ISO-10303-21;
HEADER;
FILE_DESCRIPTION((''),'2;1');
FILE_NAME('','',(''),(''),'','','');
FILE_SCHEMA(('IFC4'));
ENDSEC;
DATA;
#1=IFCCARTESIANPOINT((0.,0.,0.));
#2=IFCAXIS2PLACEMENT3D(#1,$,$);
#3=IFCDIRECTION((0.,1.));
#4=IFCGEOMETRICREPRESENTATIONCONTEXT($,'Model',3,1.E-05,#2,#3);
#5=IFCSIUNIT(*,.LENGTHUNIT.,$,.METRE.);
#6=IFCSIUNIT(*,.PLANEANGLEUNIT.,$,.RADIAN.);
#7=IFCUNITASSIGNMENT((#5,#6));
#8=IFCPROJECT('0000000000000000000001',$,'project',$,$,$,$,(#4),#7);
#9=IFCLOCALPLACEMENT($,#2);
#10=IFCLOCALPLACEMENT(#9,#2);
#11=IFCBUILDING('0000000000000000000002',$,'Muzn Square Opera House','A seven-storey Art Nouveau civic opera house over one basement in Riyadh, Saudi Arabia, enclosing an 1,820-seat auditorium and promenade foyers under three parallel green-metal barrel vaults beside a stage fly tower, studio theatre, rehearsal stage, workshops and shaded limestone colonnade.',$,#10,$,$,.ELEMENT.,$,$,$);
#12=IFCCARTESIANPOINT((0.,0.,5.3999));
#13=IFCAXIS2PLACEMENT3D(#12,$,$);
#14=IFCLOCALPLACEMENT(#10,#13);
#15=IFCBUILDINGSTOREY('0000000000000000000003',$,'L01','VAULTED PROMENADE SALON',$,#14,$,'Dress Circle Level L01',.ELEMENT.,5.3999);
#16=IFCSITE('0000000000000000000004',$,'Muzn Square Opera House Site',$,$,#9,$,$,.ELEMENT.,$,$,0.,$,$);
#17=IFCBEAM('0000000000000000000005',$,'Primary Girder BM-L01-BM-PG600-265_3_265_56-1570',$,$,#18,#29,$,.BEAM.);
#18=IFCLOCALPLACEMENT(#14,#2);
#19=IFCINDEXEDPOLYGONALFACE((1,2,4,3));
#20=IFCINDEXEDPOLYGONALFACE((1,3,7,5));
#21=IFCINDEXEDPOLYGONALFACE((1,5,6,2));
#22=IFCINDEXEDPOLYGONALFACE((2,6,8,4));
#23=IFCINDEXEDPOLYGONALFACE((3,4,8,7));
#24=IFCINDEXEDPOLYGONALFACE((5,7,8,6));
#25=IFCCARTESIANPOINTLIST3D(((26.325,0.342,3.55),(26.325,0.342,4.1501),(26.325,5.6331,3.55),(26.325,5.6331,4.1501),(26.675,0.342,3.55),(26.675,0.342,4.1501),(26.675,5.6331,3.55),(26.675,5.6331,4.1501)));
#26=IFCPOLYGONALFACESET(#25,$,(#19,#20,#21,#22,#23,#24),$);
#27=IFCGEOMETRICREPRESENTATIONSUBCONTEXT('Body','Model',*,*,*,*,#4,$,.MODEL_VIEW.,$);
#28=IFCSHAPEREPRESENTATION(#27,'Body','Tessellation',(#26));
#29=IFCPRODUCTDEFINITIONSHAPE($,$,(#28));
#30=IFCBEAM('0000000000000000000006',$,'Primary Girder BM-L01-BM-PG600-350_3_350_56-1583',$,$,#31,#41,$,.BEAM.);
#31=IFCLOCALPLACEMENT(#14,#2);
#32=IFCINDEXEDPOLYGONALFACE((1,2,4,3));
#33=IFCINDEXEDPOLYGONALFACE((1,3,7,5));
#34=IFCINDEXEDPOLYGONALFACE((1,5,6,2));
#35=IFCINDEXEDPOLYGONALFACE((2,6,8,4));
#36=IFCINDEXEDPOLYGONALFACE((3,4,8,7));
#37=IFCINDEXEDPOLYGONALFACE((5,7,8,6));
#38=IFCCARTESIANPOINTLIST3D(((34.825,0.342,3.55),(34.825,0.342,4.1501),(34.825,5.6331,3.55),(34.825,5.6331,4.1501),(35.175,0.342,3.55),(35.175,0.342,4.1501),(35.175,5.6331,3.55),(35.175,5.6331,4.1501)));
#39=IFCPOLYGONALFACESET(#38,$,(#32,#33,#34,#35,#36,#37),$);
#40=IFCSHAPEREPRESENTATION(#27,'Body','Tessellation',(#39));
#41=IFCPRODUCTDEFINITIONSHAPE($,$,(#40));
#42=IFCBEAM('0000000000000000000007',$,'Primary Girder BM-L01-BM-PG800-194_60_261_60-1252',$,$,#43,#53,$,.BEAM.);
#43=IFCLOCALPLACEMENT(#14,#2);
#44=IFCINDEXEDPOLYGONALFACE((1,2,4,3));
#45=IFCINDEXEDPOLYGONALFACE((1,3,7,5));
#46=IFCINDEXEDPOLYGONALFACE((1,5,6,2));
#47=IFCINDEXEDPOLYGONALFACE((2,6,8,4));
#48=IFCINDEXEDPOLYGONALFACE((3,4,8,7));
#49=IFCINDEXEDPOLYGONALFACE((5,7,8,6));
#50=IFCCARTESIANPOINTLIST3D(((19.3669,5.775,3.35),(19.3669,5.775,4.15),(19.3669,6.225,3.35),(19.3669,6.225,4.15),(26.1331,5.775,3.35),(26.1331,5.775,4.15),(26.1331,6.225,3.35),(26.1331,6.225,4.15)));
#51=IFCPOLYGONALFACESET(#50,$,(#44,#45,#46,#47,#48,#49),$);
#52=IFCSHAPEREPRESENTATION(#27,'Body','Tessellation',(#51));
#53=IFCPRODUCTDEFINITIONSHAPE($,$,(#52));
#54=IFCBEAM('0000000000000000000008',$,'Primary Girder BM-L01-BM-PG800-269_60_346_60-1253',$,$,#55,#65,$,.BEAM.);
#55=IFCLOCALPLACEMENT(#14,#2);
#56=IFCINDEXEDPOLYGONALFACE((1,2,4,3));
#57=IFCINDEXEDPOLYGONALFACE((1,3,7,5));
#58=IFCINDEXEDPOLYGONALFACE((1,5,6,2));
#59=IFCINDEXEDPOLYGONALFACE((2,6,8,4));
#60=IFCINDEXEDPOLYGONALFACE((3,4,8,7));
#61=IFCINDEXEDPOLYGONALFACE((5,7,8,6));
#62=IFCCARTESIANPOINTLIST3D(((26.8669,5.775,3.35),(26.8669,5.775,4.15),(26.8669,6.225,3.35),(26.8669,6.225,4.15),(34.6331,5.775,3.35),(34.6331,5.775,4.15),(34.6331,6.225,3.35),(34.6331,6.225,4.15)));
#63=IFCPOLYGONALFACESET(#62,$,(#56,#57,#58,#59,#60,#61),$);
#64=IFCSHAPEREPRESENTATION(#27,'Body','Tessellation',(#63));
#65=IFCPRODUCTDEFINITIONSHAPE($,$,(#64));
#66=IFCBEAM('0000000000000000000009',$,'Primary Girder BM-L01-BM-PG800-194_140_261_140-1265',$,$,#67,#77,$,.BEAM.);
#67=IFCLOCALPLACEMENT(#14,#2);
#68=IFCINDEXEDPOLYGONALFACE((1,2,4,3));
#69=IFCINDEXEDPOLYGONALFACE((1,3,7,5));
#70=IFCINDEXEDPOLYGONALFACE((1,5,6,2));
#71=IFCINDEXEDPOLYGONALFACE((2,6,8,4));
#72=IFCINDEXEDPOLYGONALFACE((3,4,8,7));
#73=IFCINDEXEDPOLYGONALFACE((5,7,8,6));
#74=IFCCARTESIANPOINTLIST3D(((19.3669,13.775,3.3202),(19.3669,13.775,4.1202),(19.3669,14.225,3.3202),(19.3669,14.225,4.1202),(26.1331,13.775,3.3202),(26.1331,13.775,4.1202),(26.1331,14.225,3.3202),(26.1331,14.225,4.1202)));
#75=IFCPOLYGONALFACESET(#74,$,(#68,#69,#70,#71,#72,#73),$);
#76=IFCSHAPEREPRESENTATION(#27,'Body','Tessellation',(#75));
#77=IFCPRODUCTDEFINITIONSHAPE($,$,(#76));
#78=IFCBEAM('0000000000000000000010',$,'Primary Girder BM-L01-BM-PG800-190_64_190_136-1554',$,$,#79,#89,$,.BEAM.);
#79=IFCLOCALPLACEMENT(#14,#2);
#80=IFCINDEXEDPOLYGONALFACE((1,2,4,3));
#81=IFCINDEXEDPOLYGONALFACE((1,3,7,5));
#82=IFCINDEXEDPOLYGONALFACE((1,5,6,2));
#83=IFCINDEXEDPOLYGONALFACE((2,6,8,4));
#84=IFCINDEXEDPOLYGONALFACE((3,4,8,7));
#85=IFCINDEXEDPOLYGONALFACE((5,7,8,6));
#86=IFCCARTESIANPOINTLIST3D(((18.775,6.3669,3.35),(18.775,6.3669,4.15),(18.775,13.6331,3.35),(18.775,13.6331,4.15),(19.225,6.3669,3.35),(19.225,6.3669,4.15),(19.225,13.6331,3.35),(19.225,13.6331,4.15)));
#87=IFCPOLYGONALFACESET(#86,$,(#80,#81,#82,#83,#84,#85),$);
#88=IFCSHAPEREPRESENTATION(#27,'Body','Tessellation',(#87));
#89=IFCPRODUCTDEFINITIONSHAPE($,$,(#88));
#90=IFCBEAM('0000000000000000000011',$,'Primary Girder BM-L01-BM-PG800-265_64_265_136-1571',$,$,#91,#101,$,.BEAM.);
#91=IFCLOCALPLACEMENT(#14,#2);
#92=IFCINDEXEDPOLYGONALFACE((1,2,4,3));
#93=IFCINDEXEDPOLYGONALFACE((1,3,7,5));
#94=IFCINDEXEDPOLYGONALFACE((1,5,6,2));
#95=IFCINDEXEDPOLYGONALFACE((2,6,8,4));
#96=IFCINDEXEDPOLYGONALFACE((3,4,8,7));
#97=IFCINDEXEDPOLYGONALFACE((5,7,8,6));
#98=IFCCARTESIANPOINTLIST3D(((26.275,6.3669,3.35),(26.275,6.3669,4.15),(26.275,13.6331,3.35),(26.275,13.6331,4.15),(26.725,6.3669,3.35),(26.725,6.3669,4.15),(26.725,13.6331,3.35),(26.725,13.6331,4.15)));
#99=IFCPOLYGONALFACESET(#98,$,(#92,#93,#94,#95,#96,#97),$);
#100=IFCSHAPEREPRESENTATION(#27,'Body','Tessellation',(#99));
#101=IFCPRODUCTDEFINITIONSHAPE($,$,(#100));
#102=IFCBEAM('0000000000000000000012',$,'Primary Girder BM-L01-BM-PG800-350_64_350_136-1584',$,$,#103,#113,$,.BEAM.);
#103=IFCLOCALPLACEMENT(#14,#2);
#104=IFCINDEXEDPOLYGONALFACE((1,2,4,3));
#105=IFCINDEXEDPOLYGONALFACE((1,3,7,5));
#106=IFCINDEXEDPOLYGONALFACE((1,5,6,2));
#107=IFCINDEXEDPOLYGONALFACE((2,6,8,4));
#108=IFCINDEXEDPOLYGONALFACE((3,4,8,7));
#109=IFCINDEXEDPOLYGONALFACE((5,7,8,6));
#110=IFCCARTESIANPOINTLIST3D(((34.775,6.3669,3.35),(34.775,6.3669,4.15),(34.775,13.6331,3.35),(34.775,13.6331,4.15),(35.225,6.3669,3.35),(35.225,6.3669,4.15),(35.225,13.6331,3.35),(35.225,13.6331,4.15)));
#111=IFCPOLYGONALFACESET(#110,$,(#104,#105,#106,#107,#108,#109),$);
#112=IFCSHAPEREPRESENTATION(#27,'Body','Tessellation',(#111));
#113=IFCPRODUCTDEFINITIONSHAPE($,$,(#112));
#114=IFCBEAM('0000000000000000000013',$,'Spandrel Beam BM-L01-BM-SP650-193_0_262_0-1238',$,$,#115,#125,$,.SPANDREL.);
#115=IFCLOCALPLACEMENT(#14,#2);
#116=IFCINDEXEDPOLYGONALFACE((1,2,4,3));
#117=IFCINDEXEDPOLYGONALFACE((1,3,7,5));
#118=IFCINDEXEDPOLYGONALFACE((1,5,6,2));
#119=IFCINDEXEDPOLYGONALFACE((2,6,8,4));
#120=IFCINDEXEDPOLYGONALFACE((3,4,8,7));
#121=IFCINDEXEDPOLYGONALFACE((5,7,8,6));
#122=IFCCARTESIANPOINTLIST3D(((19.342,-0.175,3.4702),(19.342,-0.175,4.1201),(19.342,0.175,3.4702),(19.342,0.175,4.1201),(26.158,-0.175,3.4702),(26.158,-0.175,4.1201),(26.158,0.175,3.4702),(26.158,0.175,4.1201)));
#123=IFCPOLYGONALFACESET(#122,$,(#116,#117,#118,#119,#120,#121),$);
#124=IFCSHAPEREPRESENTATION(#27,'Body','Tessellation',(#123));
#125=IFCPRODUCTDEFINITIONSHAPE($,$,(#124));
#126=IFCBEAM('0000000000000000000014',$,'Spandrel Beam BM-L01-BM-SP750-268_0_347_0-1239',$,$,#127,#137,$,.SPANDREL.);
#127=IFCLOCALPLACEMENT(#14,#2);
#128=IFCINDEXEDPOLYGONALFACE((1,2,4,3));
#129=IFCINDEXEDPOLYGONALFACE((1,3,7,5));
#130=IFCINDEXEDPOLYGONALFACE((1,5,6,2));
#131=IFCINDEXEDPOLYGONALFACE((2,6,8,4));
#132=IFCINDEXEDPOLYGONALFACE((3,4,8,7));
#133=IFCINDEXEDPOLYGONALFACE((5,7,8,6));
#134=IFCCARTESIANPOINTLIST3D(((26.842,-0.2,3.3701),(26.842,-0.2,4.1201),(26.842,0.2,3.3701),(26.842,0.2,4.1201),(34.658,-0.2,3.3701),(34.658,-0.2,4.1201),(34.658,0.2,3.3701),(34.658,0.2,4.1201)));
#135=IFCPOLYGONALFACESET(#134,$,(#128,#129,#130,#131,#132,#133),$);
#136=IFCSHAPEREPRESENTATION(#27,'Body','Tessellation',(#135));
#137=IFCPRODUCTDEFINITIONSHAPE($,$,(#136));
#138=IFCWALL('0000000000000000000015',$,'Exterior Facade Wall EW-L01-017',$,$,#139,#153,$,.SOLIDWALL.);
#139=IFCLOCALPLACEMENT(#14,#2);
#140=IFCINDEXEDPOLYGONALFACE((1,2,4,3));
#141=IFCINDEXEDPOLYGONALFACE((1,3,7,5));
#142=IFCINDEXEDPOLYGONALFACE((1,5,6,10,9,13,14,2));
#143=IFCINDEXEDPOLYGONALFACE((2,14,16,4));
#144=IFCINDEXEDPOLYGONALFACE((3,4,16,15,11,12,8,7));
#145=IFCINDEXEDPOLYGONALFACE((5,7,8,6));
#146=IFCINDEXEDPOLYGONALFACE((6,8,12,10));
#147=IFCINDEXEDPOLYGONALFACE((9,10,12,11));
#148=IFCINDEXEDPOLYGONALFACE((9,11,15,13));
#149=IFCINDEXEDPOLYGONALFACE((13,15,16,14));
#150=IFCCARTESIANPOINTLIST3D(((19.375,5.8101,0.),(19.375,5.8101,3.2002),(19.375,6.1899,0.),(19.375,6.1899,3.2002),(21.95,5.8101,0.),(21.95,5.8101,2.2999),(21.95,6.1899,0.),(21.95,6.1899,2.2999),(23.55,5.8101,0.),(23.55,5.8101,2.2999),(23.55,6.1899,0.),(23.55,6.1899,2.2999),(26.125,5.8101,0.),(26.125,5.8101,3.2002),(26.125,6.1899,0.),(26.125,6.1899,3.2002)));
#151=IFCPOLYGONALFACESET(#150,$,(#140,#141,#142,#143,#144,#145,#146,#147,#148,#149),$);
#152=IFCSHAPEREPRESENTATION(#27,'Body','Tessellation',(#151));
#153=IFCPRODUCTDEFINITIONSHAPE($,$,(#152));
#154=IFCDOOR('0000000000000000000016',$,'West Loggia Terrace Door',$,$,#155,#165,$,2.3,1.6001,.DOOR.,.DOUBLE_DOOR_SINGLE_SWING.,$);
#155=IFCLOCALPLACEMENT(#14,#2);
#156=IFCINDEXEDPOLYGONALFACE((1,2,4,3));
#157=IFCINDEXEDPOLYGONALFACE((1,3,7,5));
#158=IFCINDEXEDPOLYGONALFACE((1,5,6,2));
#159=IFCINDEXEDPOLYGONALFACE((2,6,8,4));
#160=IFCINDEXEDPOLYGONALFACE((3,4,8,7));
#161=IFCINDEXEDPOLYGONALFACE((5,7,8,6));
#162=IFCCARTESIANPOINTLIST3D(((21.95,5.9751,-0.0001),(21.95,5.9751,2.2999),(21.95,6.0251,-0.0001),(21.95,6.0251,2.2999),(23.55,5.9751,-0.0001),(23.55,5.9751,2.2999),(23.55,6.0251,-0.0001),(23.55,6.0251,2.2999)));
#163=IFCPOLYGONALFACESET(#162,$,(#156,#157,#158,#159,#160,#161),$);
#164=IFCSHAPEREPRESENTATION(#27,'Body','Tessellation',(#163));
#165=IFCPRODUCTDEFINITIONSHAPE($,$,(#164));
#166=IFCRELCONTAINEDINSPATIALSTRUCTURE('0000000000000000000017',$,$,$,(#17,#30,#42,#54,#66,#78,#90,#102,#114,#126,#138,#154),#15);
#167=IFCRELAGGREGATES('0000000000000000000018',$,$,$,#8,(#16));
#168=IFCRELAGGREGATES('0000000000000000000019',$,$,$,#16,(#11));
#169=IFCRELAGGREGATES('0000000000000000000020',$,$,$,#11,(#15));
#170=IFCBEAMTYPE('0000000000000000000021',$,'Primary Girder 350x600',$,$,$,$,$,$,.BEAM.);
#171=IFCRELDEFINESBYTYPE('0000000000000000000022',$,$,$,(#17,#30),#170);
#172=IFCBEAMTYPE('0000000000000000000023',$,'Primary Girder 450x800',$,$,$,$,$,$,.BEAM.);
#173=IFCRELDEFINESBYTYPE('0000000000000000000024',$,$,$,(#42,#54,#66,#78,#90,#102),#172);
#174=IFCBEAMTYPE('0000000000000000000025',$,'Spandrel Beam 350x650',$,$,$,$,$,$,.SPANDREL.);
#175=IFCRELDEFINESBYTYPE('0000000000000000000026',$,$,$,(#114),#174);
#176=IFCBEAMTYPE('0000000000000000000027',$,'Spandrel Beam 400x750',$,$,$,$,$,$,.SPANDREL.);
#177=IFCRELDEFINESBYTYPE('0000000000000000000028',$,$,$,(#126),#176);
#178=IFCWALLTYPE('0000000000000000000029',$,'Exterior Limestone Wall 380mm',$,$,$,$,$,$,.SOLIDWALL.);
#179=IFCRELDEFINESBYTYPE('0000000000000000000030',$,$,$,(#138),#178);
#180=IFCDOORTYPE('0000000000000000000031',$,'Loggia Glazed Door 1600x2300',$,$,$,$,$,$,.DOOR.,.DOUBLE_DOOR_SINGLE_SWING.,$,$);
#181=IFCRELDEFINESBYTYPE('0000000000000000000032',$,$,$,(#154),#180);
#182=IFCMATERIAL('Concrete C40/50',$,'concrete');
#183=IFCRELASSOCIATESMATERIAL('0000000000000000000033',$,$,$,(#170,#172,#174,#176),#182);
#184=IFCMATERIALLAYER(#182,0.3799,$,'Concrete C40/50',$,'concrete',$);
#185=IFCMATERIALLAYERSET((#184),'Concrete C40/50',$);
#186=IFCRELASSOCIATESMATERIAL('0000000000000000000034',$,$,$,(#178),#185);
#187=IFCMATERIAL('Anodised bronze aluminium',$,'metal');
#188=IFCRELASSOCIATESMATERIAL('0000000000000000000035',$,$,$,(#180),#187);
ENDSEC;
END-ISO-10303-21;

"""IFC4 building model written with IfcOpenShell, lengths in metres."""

from ifc_helpers import new_model, si_unit, direction, frame, frame_2d, origin, origin_2d, place, context, subcontext, project, spatial, rectangle, extrude, material, layer, layer_set, material_profile, profile_set, type_object, element, fill, save


model = new_model("IFC4")

# Units and contexts
model_context = context("Model", 3, precision=1e-05, world=origin(), true_north=direction((0.0, 1.0)))
body_context = subcontext(model_context, "Body", "Model", "MODEL_VIEW")
ifc_project = project(units=[si_unit("LENGTHUNIT", "METRE"), si_unit("PLANEANGLEUNIT", "RADIAN")], contexts=[model_context])

# Site, building, storey
site_placement = place(None, origin())
site = spatial("IfcSite", under=ifc_project, at=site_placement, Name="Muzn Square Opera House Site", CompositionType="ELEMENT", RefElevation=0.0)
building_placement = place(site_placement, origin())
building = spatial("IfcBuilding", under=site, at=building_placement, Name="Muzn Square Opera House", Description="A seven-storey Art Nouveau civic opera house over one basement in Riyadh, Saudi Arabia, enclosing an 1,820-seat auditorium and promenade foyers under three parallel green-metal barrel vaults beside a stage fly tower, studio theatre, rehearsal stage, workshops and shaded limestone colonnade.", CompositionType="ELEMENT")
storey_placement = place(building_placement, frame((0.0, 0.0, 5.3999)))
storey = spatial("IfcBuildingStorey", under=building, at=storey_placement, Name="L01", Description="VAULTED PROMENADE SALON", LongName="Dress Circle Level L01", CompositionType="ELEMENT", Elevation=5.3999)

# Beams
ifc_material_1 = material(Name="Concrete C40/50", Category="concrete")
ifc_material_profile_1 = material_profile(ifc_material_1, rectangle(XDim=0.3501, YDim=0.6001, at=origin_2d()), Name="RCB 350x600", Category="concrete")
ifc_profile_set_1 = profile_set([ifc_material_profile_1], Name="Concrete C40/50")
beam_type_1 = type_object("IfcBeamType", Name="Primary Girder 350x600", PredefinedType="BEAM", material=ifc_profile_set_1)
for number, where, z_axis, x_axis, name in (
    (1, (26.5, 0.342, 3.8501), (0.0, 1.0, 0.0), (-1.0, 0.0, 0.0), "Primary Girder BM-L01-BM-PG600-265_3_265_56-1570"),
    (2, (35.0, 0.342, 3.8501), (0.0, 1.0, 0.0), (-1.0, 0.0, 0.0), "Primary Girder BM-L01-BM-PG600-350_3_350_56-1583"),
):
    element("IfcBeam", number, at=place(storey_placement, frame(where, z_axis=z_axis, x_axis=x_axis)), inside=storey, type_object=beam_type_1, Name=name, PredefinedType="BEAM", context=body_context, shape_type="SweptSolid", body=[
        extrude(rectangle(XDim=0.3501, YDim=0.6001, at=origin_2d()), origin(), (0.0, 0.0, 1.0), 5.291),
    ])
ifc_material_profile_2 = material_profile(ifc_material_1, rectangle(XDim=0.45, YDim=0.8, at=origin_2d()), Name="RCB 450x800", Category="concrete")
ifc_profile_set_2 = profile_set([ifc_material_profile_2], Name="Concrete C40/50")
beam_type_2 = type_object("IfcBeamType", Name="Primary Girder 450x800", PredefinedType="BEAM", material=ifc_profile_set_2)
beam_1_placement = place(storey_placement, frame((19.3669, 6.0, 3.75), z_axis=(1.0, 0.0, 0.0), x_axis=(0.0, 1.0, 0.0)))
element("IfcBeam", 3, at=beam_1_placement, inside=storey, type_object=beam_type_2, Name="Primary Girder BM-L01-BM-PG800-194_60_261_60-1252", PredefinedType="BEAM", context=body_context, shape_type="SweptSolid", body=[
    extrude(rectangle(XDim=0.45, YDim=0.8, at=origin_2d()), origin(), (0.0, 0.0, 1.0), 6.7661),
])
beam_2_placement = place(storey_placement, frame((26.8669, 6.0, 3.75), z_axis=(1.0, 0.0, 0.0), x_axis=(0.0, 1.0, 0.0)))
element("IfcBeam", 4, at=beam_2_placement, inside=storey, type_object=beam_type_2, Name="Primary Girder BM-L01-BM-PG800-269_60_346_60-1253", PredefinedType="BEAM", context=body_context, shape_type="SweptSolid", body=[
    extrude(rectangle(XDim=0.45, YDim=0.8, at=origin_2d()), origin(), (0.0, 0.0, 1.0), 7.7661),
])
beam_3_placement = place(storey_placement, frame((19.3669, 14.0, 3.7202), z_axis=(1.0, 0.0, 0.0), x_axis=(0.0, 1.0, 0.0)))
element("IfcBeam", 5, at=beam_3_placement, inside=storey, type_object=beam_type_2, Name="Primary Girder BM-L01-BM-PG800-194_140_261_140-1265", PredefinedType="BEAM", context=body_context, shape_type="SweptSolid", body=[
    extrude(rectangle(XDim=0.45, YDim=0.8, at=origin_2d()), origin(), (0.0, 0.0, 1.0), 6.7661),
])
for number, where, z_axis, x_axis, name in (
    (6, (19.0, 6.3669, 3.75), (0.0, 1.0, 0.0), (-1.0, 0.0, 0.0), "Primary Girder BM-L01-BM-PG800-190_64_190_136-1554"),
    (7, (26.5, 6.3669, 3.75), (0.0, 1.0, 0.0), (-1.0, 0.0, 0.0), "Primary Girder BM-L01-BM-PG800-265_64_265_136-1571"),
    (8, (35.0, 6.3669, 3.75), (0.0, 1.0, 0.0), (-1.0, 0.0, 0.0), "Primary Girder BM-L01-BM-PG800-350_64_350_136-1584"),
):
    element("IfcBeam", number, at=place(storey_placement, frame(where, z_axis=z_axis, x_axis=x_axis)), inside=storey, type_object=beam_type_2, Name=name, PredefinedType="BEAM", context=body_context, shape_type="SweptSolid", body=[
        extrude(rectangle(XDim=0.45, YDim=0.8, at=origin_2d()), origin(), (0.0, 0.0, 1.0), 7.2661),
    ])
ifc_material_profile_3 = material_profile(ifc_material_1, rectangle(XDim=0.3501, YDim=0.6499, at=origin_2d()), Name="RCS 350x650", Category="concrete")
ifc_profile_set_3 = profile_set([ifc_material_profile_3], Name="Concrete C40/50")
beam_type_3 = type_object("IfcBeamType", Name="Spandrel Beam 350x650", PredefinedType="SPANDREL", material=ifc_profile_set_3)
beam_4_placement = place(storey_placement, frame((19.342, 0.0, 3.7952), z_axis=(1.0, 0.0, 0.0), x_axis=(0.0, 1.0, 0.0)))
element("IfcBeam", 9, at=beam_4_placement, inside=storey, type_object=beam_type_3, Name="Spandrel Beam BM-L01-BM-SP650-193_0_262_0-1238", PredefinedType="SPANDREL", context=body_context, shape_type="SweptSolid", body=[
    extrude(rectangle(XDim=0.3501, YDim=0.6499, at=origin_2d()), origin(), (0.0, 0.0, 1.0), 6.8159),
])
ifc_material_profile_4 = material_profile(ifc_material_1, rectangle(XDim=0.3999, YDim=0.75, at=origin_2d()), Name="RCS 400x750", Category="concrete")
ifc_profile_set_4 = profile_set([ifc_material_profile_4], Name="Concrete C40/50")
beam_type_4 = type_object("IfcBeamType", Name="Spandrel Beam 400x750", PredefinedType="SPANDREL", material=ifc_profile_set_4)
beam_5_placement = place(storey_placement, frame((26.842, 0.0, 3.7451), z_axis=(1.0, 0.0, 0.0), x_axis=(0.0, 1.0, 0.0)))
element("IfcBeam", 10, at=beam_5_placement, inside=storey, type_object=beam_type_4, Name="Spandrel Beam BM-L01-BM-SP750-268_0_347_0-1239", PredefinedType="SPANDREL", context=body_context, shape_type="SweptSolid", body=[
    extrude(rectangle(XDim=0.3999, YDim=0.75, at=origin_2d()), origin(), (0.0, 0.0, 1.0), 7.8159),
])

# Wall, opening, door
ifc_layer_1 = layer(ifc_material_1, 0.3799, Name="Concrete C40/50", Category="concrete")
ifc_layer_set_1 = layer_set([ifc_layer_1], Name="Concrete C40/50")
wall_type_1 = type_object("IfcWallType", Name="Exterior Limestone Wall 380mm", PredefinedType="SOLIDWALL", material=ifc_layer_set_1)
wall_1_placement = place(storey_placement, frame((19.375, 6.0, 0.0), z_axis=(0.0, 0.0, 1.0), x_axis=(1.0, 0.0, 0.0)))
wall_1 = element("IfcWall", 11, at=wall_1_placement, inside=storey, type_object=wall_type_1, Name="Exterior Facade Wall EW-L01-017", PredefinedType="SOLIDWALL", context=body_context, shape_type="SweptSolid", body=[
    extrude(rectangle(XDim=6.75, YDim=0.3799, at=frame_2d((3.375, 0.0))), origin(), (0.0, 0.0, 1.0), 3.2002),
])
opening_1_placement = place(wall_1_placement, frame((4.175, 0.0, 0.0), z_axis=(0.0, 0.0, 1.0), x_axis=(-1.0, 0.0, 0.0)))
opening_1 = element("IfcOpeningElement", 12, at=opening_1_placement, cuts=wall_1, PredefinedType="OPENING", context=body_context, shape_type="SweptSolid", body=[
    extrude(rectangle(XDim=1.6001, YDim=2.3, at=frame_2d((0.8, 1.1499))), frame((0.0, 0.2, 0.0), z_axis=(0.0, -1.0, 0.0), x_axis=(1.0, 0.0, 0.0)), (0.0, 0.0, 1.0), 0.3999),
])
ifc_material_2 = material(Name="Anodised bronze aluminium", Category="metal")
door_type = type_object("IfcDoorType", Name="Loggia Glazed Door 1600x2300", OperationType="DOUBLE_DOOR_SINGLE_SWING", PredefinedType="DOOR", material=ifc_material_2)
door_placement = place(opening_1_placement, origin())
door = element("IfcDoor", 13, at=door_placement, inside=storey, type_object=door_type, Name="West Loggia Terrace Door", OperationType="DOUBLE_DOOR_SINGLE_SWING", OverallHeight=2.3, OverallWidth=1.6001, PredefinedType="DOOR", context=body_context, shape_type="SweptSolid", body=[
    extrude(rectangle(XDim=1.6001, YDim=2.3, at=frame_2d((0.8, 1.1499))), frame((0.0, 0.0249, 0.0), z_axis=(0.0, -1.0, 0.0), x_axis=(1.0, 0.0, 0.0)), (0.0, 0.0, 1.0), 0.05),
])
fill(opening_1, door)

save(model, "model.ifc")
